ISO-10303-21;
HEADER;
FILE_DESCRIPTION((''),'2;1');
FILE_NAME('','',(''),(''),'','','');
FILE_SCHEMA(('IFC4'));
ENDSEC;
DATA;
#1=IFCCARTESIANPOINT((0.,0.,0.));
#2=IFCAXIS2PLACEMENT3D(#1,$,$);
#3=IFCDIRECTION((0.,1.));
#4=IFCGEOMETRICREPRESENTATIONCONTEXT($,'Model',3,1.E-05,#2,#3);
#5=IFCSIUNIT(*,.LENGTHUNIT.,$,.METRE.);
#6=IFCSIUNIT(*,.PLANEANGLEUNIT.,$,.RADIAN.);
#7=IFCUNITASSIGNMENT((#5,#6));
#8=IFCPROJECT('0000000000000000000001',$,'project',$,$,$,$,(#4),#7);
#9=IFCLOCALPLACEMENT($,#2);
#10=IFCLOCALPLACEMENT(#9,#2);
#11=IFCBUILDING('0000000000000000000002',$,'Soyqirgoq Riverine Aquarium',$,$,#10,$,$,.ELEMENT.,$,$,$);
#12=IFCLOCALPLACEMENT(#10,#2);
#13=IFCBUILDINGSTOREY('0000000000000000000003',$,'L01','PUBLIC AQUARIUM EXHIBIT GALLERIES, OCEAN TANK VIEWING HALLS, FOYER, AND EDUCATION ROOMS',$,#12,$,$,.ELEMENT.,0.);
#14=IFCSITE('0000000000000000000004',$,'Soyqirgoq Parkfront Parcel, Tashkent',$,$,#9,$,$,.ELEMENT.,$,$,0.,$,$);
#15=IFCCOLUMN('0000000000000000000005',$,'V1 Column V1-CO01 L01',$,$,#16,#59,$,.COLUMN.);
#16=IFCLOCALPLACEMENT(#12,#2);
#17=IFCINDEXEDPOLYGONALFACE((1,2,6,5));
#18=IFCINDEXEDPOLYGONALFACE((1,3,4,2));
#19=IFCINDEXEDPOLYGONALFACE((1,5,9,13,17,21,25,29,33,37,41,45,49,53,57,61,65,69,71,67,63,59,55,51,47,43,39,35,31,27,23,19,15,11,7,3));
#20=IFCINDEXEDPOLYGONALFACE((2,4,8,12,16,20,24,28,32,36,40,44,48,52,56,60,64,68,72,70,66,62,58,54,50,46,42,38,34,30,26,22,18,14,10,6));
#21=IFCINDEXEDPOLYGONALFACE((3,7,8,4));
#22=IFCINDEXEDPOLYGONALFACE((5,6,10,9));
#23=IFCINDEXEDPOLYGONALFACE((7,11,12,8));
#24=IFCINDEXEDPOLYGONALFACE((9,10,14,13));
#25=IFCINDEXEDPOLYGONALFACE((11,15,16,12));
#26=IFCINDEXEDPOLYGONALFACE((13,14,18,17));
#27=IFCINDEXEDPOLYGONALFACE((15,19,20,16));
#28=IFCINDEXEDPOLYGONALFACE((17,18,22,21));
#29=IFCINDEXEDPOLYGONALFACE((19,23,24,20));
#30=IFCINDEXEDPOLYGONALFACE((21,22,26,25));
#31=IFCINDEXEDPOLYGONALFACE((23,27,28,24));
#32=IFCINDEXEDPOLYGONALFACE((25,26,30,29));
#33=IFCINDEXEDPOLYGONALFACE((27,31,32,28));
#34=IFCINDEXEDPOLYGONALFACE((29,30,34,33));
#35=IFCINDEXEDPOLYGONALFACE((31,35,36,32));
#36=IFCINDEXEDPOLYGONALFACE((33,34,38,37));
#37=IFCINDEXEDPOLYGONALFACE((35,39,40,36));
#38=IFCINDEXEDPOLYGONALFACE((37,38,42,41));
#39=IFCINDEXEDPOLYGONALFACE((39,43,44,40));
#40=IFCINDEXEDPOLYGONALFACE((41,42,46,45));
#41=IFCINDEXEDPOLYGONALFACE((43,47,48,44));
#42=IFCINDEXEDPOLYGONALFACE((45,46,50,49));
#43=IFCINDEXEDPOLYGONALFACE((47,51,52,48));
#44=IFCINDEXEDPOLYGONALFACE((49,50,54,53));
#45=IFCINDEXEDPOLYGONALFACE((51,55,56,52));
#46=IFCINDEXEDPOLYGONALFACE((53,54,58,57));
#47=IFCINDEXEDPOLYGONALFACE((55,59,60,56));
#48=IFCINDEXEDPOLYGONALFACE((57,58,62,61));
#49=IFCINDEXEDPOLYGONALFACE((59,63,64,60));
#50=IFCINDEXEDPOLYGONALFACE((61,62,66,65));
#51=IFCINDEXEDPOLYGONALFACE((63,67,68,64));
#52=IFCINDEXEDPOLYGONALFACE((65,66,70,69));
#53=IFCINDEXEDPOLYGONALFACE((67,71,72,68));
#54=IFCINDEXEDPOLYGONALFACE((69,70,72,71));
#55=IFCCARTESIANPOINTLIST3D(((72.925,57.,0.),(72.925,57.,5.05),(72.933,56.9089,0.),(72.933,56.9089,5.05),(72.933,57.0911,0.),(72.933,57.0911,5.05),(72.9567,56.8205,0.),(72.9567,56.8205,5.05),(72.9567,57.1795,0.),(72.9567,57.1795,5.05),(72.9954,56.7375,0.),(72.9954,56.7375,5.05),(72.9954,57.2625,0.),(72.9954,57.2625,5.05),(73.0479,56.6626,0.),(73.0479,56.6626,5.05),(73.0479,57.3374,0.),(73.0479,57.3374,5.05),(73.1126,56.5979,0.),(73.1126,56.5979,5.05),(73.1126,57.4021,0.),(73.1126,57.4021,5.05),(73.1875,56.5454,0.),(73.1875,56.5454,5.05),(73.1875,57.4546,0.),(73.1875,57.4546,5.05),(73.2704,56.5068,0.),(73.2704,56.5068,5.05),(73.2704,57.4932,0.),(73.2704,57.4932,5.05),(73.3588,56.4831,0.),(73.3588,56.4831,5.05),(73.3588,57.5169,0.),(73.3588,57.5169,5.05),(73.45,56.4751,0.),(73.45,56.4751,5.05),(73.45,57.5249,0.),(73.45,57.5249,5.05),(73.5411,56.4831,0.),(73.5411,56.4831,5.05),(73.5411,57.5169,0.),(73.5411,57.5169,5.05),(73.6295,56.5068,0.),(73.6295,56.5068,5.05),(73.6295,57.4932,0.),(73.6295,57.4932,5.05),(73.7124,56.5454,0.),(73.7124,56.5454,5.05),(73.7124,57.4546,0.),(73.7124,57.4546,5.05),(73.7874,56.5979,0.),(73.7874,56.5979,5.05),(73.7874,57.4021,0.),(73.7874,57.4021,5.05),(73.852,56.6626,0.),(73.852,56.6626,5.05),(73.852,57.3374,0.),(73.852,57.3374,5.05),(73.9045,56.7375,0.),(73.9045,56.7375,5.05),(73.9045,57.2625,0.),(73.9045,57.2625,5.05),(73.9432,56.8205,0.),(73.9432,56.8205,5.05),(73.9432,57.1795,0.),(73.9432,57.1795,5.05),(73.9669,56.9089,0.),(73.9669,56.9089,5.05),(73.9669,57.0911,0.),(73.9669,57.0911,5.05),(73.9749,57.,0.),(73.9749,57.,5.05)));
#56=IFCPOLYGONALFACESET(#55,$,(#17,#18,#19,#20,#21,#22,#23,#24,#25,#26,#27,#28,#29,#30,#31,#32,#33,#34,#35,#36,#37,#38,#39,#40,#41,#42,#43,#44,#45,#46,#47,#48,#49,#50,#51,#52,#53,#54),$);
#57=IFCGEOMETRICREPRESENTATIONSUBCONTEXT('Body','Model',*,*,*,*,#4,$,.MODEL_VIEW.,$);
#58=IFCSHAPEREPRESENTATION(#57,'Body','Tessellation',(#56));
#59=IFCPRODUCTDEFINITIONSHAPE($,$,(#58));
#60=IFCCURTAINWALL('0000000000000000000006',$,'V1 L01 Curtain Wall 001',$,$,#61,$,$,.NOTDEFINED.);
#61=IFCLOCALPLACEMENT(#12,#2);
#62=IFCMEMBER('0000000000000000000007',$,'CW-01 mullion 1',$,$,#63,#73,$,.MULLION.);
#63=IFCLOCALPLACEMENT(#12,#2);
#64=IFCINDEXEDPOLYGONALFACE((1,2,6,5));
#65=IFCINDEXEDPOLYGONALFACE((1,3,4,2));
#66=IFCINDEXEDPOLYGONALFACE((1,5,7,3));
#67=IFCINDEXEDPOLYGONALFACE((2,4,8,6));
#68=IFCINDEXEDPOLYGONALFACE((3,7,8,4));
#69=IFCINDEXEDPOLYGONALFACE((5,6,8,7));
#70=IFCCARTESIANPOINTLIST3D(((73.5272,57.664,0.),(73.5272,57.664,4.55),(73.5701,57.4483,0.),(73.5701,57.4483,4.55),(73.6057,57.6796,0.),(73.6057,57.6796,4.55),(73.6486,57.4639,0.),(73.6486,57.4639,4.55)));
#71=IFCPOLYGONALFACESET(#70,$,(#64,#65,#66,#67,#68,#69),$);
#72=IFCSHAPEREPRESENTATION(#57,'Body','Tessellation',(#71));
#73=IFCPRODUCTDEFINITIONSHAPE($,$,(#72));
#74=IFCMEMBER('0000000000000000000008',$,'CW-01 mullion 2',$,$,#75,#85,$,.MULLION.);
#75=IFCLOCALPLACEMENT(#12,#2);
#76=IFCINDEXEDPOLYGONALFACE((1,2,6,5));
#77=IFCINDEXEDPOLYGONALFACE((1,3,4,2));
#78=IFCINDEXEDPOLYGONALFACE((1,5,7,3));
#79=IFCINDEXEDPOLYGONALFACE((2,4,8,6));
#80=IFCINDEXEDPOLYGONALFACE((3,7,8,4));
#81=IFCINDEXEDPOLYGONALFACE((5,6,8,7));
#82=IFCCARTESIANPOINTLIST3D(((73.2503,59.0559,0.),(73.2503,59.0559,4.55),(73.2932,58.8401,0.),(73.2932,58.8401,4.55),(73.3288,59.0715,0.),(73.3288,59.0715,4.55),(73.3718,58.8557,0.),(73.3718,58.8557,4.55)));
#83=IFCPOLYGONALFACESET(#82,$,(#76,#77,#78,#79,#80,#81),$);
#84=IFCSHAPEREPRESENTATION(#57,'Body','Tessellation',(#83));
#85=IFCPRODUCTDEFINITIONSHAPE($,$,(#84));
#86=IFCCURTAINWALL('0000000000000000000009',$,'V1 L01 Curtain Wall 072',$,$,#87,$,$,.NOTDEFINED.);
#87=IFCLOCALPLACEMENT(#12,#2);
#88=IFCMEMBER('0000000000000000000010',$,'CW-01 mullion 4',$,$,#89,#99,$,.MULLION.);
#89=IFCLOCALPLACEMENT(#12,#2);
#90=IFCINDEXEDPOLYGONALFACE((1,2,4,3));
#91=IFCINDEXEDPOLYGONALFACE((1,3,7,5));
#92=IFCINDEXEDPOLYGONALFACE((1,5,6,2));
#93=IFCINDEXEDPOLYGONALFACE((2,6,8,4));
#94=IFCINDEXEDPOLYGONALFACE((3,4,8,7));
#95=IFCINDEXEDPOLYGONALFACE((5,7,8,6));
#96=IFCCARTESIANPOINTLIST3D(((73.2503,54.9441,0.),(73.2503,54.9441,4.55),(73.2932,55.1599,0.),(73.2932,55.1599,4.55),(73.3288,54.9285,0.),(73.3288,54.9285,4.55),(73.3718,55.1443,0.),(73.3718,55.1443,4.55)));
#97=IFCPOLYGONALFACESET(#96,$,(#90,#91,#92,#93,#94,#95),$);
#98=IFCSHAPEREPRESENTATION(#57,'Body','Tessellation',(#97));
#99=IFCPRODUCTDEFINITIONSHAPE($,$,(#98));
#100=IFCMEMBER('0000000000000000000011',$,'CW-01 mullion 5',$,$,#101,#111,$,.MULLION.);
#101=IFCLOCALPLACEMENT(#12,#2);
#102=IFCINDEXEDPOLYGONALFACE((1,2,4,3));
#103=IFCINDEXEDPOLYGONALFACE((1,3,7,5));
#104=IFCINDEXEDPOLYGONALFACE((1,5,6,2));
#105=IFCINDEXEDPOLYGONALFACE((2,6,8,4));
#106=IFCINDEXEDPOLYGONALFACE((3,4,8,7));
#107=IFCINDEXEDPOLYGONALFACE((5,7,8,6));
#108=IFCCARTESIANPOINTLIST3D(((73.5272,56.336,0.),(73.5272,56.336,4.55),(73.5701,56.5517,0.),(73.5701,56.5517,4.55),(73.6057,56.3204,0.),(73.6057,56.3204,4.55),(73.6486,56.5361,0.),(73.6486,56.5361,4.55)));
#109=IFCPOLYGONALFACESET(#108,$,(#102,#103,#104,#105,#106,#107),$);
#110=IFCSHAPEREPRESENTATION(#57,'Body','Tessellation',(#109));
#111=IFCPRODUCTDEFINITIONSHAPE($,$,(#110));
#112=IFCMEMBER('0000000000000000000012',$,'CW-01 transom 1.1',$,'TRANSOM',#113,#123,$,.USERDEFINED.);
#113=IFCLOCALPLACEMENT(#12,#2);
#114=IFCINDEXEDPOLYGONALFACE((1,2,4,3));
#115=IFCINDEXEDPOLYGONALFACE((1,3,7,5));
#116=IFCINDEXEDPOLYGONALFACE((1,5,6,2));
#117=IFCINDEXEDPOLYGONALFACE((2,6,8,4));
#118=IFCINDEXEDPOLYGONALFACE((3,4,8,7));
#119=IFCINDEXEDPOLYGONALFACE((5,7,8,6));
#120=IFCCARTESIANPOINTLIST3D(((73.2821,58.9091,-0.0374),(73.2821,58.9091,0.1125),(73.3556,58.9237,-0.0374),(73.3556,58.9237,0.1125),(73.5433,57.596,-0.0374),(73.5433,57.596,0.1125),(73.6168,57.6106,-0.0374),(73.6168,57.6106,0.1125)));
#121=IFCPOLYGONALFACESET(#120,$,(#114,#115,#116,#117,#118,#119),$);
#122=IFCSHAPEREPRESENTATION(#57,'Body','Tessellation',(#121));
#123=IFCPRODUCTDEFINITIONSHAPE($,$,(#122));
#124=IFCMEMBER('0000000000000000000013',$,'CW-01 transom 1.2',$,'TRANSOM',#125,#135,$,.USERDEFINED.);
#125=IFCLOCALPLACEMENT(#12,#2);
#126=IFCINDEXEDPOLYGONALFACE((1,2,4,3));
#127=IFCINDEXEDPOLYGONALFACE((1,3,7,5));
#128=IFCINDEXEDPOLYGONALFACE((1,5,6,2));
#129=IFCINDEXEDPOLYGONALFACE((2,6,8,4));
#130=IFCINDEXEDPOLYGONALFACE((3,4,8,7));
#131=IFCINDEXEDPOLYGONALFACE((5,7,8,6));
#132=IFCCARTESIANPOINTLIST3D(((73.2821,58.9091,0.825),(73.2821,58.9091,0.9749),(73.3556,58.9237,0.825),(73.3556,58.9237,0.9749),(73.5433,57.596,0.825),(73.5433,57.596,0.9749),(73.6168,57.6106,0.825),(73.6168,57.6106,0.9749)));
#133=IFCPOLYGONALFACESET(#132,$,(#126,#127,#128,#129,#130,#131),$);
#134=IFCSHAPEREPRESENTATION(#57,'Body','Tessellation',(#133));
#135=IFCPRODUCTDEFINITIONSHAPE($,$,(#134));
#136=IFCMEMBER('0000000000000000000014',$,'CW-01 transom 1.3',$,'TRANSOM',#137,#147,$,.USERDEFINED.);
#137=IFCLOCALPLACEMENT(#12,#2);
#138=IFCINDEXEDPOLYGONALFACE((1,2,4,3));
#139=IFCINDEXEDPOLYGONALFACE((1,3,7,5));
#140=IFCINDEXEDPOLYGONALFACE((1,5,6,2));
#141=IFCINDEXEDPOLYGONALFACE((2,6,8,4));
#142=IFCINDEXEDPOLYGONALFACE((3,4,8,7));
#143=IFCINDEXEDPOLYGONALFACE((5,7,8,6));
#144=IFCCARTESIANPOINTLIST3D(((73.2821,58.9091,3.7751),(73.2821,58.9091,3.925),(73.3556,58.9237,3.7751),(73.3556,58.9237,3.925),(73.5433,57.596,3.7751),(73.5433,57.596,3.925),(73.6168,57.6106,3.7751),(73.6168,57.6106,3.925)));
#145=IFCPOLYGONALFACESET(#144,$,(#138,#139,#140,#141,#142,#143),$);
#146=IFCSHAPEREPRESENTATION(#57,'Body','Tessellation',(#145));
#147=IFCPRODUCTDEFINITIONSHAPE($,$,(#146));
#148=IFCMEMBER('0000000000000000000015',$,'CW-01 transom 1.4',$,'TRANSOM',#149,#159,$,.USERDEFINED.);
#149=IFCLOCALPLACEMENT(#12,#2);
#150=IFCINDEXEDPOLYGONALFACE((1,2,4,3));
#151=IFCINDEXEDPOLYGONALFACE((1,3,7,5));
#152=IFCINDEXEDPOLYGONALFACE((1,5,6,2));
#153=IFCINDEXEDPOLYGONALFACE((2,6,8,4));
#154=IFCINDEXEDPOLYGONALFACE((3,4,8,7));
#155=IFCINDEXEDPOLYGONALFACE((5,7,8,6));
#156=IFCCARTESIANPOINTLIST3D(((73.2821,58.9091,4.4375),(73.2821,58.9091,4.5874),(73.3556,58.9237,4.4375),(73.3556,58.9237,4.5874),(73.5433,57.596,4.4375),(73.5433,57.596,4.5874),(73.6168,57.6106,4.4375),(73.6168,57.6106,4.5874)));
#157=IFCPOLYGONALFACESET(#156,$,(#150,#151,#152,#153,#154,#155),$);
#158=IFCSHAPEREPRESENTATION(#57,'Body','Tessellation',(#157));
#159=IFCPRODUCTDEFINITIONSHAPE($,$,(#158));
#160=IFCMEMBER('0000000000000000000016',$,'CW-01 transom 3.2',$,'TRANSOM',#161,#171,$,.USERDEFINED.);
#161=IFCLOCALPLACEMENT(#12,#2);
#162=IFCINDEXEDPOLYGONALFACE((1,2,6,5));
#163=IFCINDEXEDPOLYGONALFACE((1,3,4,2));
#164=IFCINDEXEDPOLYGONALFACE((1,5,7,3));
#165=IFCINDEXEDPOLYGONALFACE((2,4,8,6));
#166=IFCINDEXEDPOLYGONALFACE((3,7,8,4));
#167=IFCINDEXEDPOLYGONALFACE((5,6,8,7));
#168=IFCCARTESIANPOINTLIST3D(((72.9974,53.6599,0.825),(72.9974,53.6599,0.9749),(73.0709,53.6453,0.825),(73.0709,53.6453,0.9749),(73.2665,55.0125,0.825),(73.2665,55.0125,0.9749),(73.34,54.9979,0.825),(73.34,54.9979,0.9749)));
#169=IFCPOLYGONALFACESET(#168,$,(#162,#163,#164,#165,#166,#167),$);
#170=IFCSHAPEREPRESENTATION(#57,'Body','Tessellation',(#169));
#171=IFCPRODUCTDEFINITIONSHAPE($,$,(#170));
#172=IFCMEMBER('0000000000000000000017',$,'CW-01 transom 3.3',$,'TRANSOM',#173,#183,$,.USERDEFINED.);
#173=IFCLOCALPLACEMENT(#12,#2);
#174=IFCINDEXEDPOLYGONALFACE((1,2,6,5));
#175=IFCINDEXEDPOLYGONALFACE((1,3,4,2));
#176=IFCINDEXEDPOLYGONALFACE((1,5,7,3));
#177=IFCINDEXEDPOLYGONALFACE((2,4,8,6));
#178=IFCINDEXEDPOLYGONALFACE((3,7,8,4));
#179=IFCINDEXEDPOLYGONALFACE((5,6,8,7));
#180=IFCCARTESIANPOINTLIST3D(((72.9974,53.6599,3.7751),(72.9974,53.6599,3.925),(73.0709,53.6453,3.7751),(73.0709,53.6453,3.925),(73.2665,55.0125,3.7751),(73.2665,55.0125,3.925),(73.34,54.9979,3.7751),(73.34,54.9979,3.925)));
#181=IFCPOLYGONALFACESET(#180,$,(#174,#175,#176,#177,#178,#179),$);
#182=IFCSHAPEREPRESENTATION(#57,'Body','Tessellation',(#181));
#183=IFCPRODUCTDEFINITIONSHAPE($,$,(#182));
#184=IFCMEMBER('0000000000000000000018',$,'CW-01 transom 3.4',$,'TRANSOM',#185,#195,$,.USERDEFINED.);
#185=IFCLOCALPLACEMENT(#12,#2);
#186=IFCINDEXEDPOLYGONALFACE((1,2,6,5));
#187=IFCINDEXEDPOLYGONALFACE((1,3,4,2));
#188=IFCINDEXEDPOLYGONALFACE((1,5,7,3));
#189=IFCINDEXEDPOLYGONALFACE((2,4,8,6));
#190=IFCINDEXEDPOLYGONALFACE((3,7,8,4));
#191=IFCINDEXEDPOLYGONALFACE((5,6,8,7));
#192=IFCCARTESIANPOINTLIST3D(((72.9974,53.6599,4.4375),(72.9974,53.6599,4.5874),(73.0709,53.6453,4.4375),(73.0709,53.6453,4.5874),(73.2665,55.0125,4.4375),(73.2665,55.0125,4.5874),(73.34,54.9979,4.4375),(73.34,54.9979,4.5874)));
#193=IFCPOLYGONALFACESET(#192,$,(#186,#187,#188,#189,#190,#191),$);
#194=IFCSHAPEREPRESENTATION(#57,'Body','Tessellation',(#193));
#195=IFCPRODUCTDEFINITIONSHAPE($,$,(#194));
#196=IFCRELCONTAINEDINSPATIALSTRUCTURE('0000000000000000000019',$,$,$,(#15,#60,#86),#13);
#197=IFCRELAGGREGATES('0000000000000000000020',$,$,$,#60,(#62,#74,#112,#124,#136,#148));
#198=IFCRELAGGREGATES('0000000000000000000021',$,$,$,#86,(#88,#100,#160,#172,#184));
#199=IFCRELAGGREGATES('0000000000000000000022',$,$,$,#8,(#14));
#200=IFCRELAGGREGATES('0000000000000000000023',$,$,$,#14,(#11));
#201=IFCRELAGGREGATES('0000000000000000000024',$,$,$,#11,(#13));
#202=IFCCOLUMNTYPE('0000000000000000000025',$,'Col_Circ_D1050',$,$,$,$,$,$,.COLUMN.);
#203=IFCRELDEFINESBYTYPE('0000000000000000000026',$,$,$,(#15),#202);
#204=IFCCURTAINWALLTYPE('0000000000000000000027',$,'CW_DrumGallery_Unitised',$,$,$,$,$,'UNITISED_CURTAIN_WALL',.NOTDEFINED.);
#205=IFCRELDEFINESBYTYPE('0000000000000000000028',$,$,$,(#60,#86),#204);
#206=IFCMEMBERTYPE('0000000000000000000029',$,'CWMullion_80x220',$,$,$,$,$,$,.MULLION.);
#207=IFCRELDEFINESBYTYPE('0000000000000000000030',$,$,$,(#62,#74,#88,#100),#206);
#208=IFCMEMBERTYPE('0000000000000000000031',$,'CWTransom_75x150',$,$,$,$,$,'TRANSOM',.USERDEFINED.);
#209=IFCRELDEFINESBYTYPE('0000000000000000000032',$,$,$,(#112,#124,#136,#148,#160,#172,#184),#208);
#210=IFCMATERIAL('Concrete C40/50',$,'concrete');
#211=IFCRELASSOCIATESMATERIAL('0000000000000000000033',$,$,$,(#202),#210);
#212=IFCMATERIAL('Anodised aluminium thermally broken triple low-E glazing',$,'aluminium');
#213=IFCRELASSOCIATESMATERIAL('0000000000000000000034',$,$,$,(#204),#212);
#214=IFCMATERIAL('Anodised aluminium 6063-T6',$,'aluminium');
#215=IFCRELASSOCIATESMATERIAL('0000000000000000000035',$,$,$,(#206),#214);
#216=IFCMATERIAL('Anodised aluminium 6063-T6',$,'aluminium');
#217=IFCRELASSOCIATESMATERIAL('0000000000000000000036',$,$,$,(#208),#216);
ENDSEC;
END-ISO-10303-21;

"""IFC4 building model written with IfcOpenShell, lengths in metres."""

from ifc_helpers import new_model, si_unit, direction, frame, origin, origin_2d, place, context, subcontext, project, spatial, rectangle, circle, extrude, material, material_profile, profile_set, type_object, element, aggregate, save


model = new_model("IFC4")

# Units and contexts
model_context = context("Model", 3, precision=1e-05, world=origin(), true_north=direction((0.0, 1.0)))
body_context = subcontext(model_context, "Body", "Model", "MODEL_VIEW")
ifc_project = project(units=[si_unit("LENGTHUNIT", "METRE"), si_unit("PLANEANGLEUNIT", "RADIAN")], contexts=[model_context])

# Site, building, storey
site_placement = place(None, origin())
site = spatial("IfcSite", under=ifc_project, at=site_placement, Name="Soyqirgoq Parkfront Parcel, Tashkent", CompositionType="ELEMENT", RefElevation=0.0)
building_placement = place(site_placement, origin())
building = spatial("IfcBuilding", under=site, at=building_placement, Name="Soyqirgoq Riverine Aquarium", CompositionType="ELEMENT")
storey_placement = place(building_placement, origin())
storey = spatial("IfcBuildingStorey", under=building, at=storey_placement, Name="L01", Description="PUBLIC AQUARIUM EXHIBIT GALLERIES, OCEAN TANK VIEWING HALLS, FOYER, AND EDUCATION ROOMS", CompositionType="ELEMENT", Elevation=0.0)

# Column
ifc_material_1 = material(Name="Concrete C40/50", Category="concrete")
ifc_material_profile_1 = material_profile(ifc_material_1, circle(Radius=0.5249, at=origin_2d()), Name="RC-COL D1050")
ifc_profile_set_1 = profile_set([ifc_material_profile_1], Name="Concrete C40/50")
column_type = type_object("IfcColumnType", Name="Col_Circ_D1050", PredefinedType="COLUMN", material=ifc_profile_set_1)
column_placement = place(storey_placement, frame((73.45, 57.0, 0.0), z_axis=(0.0, 0.0, 1.0), x_axis=(1.0, 0.0, 0.0)))
element("IfcColumn", 1, at=column_placement, inside=storey, type_object=column_type, Name="V1 Column V1-CO01 L01", PredefinedType="COLUMN", context=body_context, shape_type="SweptSolid", body=[
    extrude(circle(Radius=0.5249, at=origin_2d()), origin(), (0.0, 0.0, 1.0), 5.05),
])

# Curtain walls, members
ifc_material_2 = material(Name="Anodised aluminium thermally broken triple low-E glazing", Category="aluminium")
curtain_wall_type = type_object("IfcCurtainWallType", Name="CW_DrumGallery_Unitised", ElementType="UNITISED_CURTAIN_WALL", PredefinedType="NOTDEFINED", material=ifc_material_2)
curtain_wall_1_placement = place(storey_placement, origin())
curtain_wall_1 = element("IfcCurtainWall", 2, at=curtain_wall_1_placement, inside=storey, type_object=curtain_wall_type, Name="V1 L01 Curtain Wall 001", PredefinedType="NOTDEFINED")
ifc_material_3 = material(Name="Anodised aluminium 6063-T6", Category="aluminium")
ifc_material_profile_2 = material_profile(ifc_material_3, rectangle(XDim=0.0801, YDim=0.22, at=origin_2d()), Name="ALU-M 80x220")
ifc_profile_set_2 = profile_set([ifc_material_profile_2], Name="Anodised aluminium 6063-T6")
member_type_1 = type_object("IfcMemberType", Name="CWMullion_80x220", PredefinedType="MULLION", material=ifc_profile_set_2)
member_1_placement = place(storey_placement, frame((73.5879, 57.564, 0.0), z_axis=(0.0, 0.0, 1.0), x_axis=(-0.980788, -0.195075, 0.0)))
member_1 = element("IfcMember", 3, at=member_1_placement, type_object=member_type_1, Name="CW-01 mullion 1", PredefinedType="MULLION", context=body_context, shape_type="SweptSolid", body=[
    extrude(rectangle(XDim=0.0801, YDim=0.22, at=origin_2d()), origin(), (0.0, 0.0, 1.0), 4.55),
])
member_2_placement = place(storey_placement, frame((73.311, 58.9558, 0.0), z_axis=(0.0, 0.0, 1.0), x_axis=(-0.980788, -0.195075, 0.0)))
member_2 = element("IfcMember", 4, at=member_2_placement, type_object=member_type_1, Name="CW-01 mullion 2", PredefinedType="MULLION", context=body_context, shape_type="SweptSolid", body=[
    extrude(rectangle(XDim=0.0801, YDim=0.22, at=origin_2d()), origin(), (0.0, 0.0, 1.0), 4.55),
])
curtain_wall_2_placement = place(storey_placement, origin())
curtain_wall_2 = element("IfcCurtainWall", 5, at=curtain_wall_2_placement, inside=storey, type_object=curtain_wall_type, Name="V1 L01 Curtain Wall 072", PredefinedType="NOTDEFINED")
member_3_placement = place(storey_placement, frame((73.311, 55.0442, 0.0), z_axis=(0.0, 0.0, 1.0), x_axis=(-0.980788, 0.195075, 0.0)))
member_3 = element("IfcMember", 6, at=member_3_placement, type_object=member_type_1, Name="CW-01 mullion 4", PredefinedType="MULLION", context=body_context, shape_type="SweptSolid", body=[
    extrude(rectangle(XDim=0.0801, YDim=0.22, at=origin_2d()), origin(), (0.0, 0.0, 1.0), 4.55),
])
member_4_placement = place(storey_placement, frame((73.5879, 56.436, 0.0), z_axis=(0.0, 0.0, 1.0), x_axis=(-0.980788, 0.195075, 0.0)))
member_4 = element("IfcMember", 7, at=member_4_placement, type_object=member_type_1, Name="CW-01 mullion 5", PredefinedType="MULLION", context=body_context, shape_type="SweptSolid", body=[
    extrude(rectangle(XDim=0.0801, YDim=0.22, at=origin_2d()), origin(), (0.0, 0.0, 1.0), 4.55),
])

# Members
ifc_material_4 = material(Name="Anodised aluminium 6063-T6", Category="aluminium")
ifc_material_profile_3 = material_profile(ifc_material_4, rectangle(XDim=0.075, YDim=0.1499, at=origin_2d()), Name="ALU-T 75x150")
ifc_profile_set_3 = profile_set([ifc_material_profile_3], Name="Anodised aluminium 6063-T6")
member_type_2 = type_object("IfcMemberType", Name="CWTransom_75x150", ElementType="TRANSOM", PredefinedType="USERDEFINED", material=ifc_profile_set_3)
member_5_placement = place(storey_placement, frame((73.5801, 57.6033, 0.0376), z_axis=(-0.195099, 0.980784, 0.0), x_axis=(-0.980784, -0.195099, 0.0)))
member_5 = element("IfcMember", 8, at=member_5_placement, type_object=member_type_2, Name="CW-01 transom 1.1", ObjectType="TRANSOM", PredefinedType="USERDEFINED", context=body_context, shape_type="SweptSolid", body=[
    extrude(rectangle(XDim=0.075, YDim=0.1499, at=origin_2d()), origin(), (0.0, 0.0, 1.0), 1.3389),
])
member_6_placement = place(storey_placement, frame((73.5801, 57.6033, 0.8999), z_axis=(-0.195099, 0.980784, 0.0), x_axis=(-0.980784, -0.195099, 0.0)))
member_6 = element("IfcMember", 9, at=member_6_placement, type_object=member_type_2, Name="CW-01 transom 1.2", ObjectType="TRANSOM", PredefinedType="USERDEFINED", context=body_context, shape_type="SweptSolid", body=[
    extrude(rectangle(XDim=0.075, YDim=0.1499, at=origin_2d()), origin(), (0.0, 0.0, 1.0), 1.3389),
])
member_7_placement = place(storey_placement, frame((73.5801, 57.6033, 3.8501), z_axis=(-0.195099, 0.980784, 0.0), x_axis=(-0.980784, -0.195099, 0.0)))
member_7 = element("IfcMember", 10, at=member_7_placement, type_object=member_type_2, Name="CW-01 transom 1.3", ObjectType="TRANSOM", PredefinedType="USERDEFINED", context=body_context, shape_type="SweptSolid", body=[
    extrude(rectangle(XDim=0.075, YDim=0.1499, at=origin_2d()), origin(), (0.0, 0.0, 1.0), 1.3389),
])
member_8_placement = place(storey_placement, frame((73.5801, 57.6033, 4.5125), z_axis=(-0.195099, 0.980784, 0.0), x_axis=(-0.980784, -0.195099, 0.0)))
member_8 = element("IfcMember", 11, at=member_8_placement, type_object=member_type_2, Name="CW-01 transom 1.4", ObjectType="TRANSOM", PredefinedType="USERDEFINED", context=body_context, shape_type="SweptSolid", body=[
    extrude(rectangle(XDim=0.075, YDim=0.1499, at=origin_2d()), origin(), (0.0, 0.0, 1.0), 1.3389),
])
member_9_placement = place(storey_placement, frame((73.0342, 53.6526, 0.8999), z_axis=(0.195095, 0.980784, 0.0), x_axis=(-0.980784, 0.195095, 0.0)))
member_9 = element("IfcMember", 12, at=member_9_placement, type_object=member_type_2, Name="CW-01 transom 3.2", ObjectType="TRANSOM", PredefinedType="USERDEFINED", context=body_context, shape_type="SweptSolid", body=[
    extrude(rectangle(XDim=0.075, YDim=0.1499, at=origin_2d()), origin(), (0.0, 0.0, 1.0), 1.3792),
])
member_10_placement = place(storey_placement, frame((73.0342, 53.6526, 3.8501), z_axis=(0.195095, 0.980784, 0.0), x_axis=(-0.980784, 0.195095, 0.0)))
member_10 = element("IfcMember", 13, at=member_10_placement, type_object=member_type_2, Name="CW-01 transom 3.3", ObjectType="TRANSOM", PredefinedType="USERDEFINED", context=body_context, shape_type="SweptSolid", body=[
    extrude(rectangle(XDim=0.075, YDim=0.1499, at=origin_2d()), origin(), (0.0, 0.0, 1.0), 1.3792),
])
member_11_placement = place(storey_placement, frame((73.0342, 53.6526, 4.5125), z_axis=(0.195095, 0.980784, 0.0), x_axis=(-0.980784, 0.195095, 0.0)))
member_11 = element("IfcMember", 14, at=member_11_placement, type_object=member_type_2, Name="CW-01 transom 3.4", ObjectType="TRANSOM", PredefinedType="USERDEFINED", context=body_context, shape_type="SweptSolid", body=[
    extrude(rectangle(XDim=0.075, YDim=0.1499, at=origin_2d()), origin(), (0.0, 0.0, 1.0), 1.3792),
])

aggregate(curtain_wall_1, [member_1, member_2, member_5, member_6, member_7, member_8])
aggregate(curtain_wall_2, [member_3, member_4, member_9, member_10, member_11])

save(model, "model.ifc")
